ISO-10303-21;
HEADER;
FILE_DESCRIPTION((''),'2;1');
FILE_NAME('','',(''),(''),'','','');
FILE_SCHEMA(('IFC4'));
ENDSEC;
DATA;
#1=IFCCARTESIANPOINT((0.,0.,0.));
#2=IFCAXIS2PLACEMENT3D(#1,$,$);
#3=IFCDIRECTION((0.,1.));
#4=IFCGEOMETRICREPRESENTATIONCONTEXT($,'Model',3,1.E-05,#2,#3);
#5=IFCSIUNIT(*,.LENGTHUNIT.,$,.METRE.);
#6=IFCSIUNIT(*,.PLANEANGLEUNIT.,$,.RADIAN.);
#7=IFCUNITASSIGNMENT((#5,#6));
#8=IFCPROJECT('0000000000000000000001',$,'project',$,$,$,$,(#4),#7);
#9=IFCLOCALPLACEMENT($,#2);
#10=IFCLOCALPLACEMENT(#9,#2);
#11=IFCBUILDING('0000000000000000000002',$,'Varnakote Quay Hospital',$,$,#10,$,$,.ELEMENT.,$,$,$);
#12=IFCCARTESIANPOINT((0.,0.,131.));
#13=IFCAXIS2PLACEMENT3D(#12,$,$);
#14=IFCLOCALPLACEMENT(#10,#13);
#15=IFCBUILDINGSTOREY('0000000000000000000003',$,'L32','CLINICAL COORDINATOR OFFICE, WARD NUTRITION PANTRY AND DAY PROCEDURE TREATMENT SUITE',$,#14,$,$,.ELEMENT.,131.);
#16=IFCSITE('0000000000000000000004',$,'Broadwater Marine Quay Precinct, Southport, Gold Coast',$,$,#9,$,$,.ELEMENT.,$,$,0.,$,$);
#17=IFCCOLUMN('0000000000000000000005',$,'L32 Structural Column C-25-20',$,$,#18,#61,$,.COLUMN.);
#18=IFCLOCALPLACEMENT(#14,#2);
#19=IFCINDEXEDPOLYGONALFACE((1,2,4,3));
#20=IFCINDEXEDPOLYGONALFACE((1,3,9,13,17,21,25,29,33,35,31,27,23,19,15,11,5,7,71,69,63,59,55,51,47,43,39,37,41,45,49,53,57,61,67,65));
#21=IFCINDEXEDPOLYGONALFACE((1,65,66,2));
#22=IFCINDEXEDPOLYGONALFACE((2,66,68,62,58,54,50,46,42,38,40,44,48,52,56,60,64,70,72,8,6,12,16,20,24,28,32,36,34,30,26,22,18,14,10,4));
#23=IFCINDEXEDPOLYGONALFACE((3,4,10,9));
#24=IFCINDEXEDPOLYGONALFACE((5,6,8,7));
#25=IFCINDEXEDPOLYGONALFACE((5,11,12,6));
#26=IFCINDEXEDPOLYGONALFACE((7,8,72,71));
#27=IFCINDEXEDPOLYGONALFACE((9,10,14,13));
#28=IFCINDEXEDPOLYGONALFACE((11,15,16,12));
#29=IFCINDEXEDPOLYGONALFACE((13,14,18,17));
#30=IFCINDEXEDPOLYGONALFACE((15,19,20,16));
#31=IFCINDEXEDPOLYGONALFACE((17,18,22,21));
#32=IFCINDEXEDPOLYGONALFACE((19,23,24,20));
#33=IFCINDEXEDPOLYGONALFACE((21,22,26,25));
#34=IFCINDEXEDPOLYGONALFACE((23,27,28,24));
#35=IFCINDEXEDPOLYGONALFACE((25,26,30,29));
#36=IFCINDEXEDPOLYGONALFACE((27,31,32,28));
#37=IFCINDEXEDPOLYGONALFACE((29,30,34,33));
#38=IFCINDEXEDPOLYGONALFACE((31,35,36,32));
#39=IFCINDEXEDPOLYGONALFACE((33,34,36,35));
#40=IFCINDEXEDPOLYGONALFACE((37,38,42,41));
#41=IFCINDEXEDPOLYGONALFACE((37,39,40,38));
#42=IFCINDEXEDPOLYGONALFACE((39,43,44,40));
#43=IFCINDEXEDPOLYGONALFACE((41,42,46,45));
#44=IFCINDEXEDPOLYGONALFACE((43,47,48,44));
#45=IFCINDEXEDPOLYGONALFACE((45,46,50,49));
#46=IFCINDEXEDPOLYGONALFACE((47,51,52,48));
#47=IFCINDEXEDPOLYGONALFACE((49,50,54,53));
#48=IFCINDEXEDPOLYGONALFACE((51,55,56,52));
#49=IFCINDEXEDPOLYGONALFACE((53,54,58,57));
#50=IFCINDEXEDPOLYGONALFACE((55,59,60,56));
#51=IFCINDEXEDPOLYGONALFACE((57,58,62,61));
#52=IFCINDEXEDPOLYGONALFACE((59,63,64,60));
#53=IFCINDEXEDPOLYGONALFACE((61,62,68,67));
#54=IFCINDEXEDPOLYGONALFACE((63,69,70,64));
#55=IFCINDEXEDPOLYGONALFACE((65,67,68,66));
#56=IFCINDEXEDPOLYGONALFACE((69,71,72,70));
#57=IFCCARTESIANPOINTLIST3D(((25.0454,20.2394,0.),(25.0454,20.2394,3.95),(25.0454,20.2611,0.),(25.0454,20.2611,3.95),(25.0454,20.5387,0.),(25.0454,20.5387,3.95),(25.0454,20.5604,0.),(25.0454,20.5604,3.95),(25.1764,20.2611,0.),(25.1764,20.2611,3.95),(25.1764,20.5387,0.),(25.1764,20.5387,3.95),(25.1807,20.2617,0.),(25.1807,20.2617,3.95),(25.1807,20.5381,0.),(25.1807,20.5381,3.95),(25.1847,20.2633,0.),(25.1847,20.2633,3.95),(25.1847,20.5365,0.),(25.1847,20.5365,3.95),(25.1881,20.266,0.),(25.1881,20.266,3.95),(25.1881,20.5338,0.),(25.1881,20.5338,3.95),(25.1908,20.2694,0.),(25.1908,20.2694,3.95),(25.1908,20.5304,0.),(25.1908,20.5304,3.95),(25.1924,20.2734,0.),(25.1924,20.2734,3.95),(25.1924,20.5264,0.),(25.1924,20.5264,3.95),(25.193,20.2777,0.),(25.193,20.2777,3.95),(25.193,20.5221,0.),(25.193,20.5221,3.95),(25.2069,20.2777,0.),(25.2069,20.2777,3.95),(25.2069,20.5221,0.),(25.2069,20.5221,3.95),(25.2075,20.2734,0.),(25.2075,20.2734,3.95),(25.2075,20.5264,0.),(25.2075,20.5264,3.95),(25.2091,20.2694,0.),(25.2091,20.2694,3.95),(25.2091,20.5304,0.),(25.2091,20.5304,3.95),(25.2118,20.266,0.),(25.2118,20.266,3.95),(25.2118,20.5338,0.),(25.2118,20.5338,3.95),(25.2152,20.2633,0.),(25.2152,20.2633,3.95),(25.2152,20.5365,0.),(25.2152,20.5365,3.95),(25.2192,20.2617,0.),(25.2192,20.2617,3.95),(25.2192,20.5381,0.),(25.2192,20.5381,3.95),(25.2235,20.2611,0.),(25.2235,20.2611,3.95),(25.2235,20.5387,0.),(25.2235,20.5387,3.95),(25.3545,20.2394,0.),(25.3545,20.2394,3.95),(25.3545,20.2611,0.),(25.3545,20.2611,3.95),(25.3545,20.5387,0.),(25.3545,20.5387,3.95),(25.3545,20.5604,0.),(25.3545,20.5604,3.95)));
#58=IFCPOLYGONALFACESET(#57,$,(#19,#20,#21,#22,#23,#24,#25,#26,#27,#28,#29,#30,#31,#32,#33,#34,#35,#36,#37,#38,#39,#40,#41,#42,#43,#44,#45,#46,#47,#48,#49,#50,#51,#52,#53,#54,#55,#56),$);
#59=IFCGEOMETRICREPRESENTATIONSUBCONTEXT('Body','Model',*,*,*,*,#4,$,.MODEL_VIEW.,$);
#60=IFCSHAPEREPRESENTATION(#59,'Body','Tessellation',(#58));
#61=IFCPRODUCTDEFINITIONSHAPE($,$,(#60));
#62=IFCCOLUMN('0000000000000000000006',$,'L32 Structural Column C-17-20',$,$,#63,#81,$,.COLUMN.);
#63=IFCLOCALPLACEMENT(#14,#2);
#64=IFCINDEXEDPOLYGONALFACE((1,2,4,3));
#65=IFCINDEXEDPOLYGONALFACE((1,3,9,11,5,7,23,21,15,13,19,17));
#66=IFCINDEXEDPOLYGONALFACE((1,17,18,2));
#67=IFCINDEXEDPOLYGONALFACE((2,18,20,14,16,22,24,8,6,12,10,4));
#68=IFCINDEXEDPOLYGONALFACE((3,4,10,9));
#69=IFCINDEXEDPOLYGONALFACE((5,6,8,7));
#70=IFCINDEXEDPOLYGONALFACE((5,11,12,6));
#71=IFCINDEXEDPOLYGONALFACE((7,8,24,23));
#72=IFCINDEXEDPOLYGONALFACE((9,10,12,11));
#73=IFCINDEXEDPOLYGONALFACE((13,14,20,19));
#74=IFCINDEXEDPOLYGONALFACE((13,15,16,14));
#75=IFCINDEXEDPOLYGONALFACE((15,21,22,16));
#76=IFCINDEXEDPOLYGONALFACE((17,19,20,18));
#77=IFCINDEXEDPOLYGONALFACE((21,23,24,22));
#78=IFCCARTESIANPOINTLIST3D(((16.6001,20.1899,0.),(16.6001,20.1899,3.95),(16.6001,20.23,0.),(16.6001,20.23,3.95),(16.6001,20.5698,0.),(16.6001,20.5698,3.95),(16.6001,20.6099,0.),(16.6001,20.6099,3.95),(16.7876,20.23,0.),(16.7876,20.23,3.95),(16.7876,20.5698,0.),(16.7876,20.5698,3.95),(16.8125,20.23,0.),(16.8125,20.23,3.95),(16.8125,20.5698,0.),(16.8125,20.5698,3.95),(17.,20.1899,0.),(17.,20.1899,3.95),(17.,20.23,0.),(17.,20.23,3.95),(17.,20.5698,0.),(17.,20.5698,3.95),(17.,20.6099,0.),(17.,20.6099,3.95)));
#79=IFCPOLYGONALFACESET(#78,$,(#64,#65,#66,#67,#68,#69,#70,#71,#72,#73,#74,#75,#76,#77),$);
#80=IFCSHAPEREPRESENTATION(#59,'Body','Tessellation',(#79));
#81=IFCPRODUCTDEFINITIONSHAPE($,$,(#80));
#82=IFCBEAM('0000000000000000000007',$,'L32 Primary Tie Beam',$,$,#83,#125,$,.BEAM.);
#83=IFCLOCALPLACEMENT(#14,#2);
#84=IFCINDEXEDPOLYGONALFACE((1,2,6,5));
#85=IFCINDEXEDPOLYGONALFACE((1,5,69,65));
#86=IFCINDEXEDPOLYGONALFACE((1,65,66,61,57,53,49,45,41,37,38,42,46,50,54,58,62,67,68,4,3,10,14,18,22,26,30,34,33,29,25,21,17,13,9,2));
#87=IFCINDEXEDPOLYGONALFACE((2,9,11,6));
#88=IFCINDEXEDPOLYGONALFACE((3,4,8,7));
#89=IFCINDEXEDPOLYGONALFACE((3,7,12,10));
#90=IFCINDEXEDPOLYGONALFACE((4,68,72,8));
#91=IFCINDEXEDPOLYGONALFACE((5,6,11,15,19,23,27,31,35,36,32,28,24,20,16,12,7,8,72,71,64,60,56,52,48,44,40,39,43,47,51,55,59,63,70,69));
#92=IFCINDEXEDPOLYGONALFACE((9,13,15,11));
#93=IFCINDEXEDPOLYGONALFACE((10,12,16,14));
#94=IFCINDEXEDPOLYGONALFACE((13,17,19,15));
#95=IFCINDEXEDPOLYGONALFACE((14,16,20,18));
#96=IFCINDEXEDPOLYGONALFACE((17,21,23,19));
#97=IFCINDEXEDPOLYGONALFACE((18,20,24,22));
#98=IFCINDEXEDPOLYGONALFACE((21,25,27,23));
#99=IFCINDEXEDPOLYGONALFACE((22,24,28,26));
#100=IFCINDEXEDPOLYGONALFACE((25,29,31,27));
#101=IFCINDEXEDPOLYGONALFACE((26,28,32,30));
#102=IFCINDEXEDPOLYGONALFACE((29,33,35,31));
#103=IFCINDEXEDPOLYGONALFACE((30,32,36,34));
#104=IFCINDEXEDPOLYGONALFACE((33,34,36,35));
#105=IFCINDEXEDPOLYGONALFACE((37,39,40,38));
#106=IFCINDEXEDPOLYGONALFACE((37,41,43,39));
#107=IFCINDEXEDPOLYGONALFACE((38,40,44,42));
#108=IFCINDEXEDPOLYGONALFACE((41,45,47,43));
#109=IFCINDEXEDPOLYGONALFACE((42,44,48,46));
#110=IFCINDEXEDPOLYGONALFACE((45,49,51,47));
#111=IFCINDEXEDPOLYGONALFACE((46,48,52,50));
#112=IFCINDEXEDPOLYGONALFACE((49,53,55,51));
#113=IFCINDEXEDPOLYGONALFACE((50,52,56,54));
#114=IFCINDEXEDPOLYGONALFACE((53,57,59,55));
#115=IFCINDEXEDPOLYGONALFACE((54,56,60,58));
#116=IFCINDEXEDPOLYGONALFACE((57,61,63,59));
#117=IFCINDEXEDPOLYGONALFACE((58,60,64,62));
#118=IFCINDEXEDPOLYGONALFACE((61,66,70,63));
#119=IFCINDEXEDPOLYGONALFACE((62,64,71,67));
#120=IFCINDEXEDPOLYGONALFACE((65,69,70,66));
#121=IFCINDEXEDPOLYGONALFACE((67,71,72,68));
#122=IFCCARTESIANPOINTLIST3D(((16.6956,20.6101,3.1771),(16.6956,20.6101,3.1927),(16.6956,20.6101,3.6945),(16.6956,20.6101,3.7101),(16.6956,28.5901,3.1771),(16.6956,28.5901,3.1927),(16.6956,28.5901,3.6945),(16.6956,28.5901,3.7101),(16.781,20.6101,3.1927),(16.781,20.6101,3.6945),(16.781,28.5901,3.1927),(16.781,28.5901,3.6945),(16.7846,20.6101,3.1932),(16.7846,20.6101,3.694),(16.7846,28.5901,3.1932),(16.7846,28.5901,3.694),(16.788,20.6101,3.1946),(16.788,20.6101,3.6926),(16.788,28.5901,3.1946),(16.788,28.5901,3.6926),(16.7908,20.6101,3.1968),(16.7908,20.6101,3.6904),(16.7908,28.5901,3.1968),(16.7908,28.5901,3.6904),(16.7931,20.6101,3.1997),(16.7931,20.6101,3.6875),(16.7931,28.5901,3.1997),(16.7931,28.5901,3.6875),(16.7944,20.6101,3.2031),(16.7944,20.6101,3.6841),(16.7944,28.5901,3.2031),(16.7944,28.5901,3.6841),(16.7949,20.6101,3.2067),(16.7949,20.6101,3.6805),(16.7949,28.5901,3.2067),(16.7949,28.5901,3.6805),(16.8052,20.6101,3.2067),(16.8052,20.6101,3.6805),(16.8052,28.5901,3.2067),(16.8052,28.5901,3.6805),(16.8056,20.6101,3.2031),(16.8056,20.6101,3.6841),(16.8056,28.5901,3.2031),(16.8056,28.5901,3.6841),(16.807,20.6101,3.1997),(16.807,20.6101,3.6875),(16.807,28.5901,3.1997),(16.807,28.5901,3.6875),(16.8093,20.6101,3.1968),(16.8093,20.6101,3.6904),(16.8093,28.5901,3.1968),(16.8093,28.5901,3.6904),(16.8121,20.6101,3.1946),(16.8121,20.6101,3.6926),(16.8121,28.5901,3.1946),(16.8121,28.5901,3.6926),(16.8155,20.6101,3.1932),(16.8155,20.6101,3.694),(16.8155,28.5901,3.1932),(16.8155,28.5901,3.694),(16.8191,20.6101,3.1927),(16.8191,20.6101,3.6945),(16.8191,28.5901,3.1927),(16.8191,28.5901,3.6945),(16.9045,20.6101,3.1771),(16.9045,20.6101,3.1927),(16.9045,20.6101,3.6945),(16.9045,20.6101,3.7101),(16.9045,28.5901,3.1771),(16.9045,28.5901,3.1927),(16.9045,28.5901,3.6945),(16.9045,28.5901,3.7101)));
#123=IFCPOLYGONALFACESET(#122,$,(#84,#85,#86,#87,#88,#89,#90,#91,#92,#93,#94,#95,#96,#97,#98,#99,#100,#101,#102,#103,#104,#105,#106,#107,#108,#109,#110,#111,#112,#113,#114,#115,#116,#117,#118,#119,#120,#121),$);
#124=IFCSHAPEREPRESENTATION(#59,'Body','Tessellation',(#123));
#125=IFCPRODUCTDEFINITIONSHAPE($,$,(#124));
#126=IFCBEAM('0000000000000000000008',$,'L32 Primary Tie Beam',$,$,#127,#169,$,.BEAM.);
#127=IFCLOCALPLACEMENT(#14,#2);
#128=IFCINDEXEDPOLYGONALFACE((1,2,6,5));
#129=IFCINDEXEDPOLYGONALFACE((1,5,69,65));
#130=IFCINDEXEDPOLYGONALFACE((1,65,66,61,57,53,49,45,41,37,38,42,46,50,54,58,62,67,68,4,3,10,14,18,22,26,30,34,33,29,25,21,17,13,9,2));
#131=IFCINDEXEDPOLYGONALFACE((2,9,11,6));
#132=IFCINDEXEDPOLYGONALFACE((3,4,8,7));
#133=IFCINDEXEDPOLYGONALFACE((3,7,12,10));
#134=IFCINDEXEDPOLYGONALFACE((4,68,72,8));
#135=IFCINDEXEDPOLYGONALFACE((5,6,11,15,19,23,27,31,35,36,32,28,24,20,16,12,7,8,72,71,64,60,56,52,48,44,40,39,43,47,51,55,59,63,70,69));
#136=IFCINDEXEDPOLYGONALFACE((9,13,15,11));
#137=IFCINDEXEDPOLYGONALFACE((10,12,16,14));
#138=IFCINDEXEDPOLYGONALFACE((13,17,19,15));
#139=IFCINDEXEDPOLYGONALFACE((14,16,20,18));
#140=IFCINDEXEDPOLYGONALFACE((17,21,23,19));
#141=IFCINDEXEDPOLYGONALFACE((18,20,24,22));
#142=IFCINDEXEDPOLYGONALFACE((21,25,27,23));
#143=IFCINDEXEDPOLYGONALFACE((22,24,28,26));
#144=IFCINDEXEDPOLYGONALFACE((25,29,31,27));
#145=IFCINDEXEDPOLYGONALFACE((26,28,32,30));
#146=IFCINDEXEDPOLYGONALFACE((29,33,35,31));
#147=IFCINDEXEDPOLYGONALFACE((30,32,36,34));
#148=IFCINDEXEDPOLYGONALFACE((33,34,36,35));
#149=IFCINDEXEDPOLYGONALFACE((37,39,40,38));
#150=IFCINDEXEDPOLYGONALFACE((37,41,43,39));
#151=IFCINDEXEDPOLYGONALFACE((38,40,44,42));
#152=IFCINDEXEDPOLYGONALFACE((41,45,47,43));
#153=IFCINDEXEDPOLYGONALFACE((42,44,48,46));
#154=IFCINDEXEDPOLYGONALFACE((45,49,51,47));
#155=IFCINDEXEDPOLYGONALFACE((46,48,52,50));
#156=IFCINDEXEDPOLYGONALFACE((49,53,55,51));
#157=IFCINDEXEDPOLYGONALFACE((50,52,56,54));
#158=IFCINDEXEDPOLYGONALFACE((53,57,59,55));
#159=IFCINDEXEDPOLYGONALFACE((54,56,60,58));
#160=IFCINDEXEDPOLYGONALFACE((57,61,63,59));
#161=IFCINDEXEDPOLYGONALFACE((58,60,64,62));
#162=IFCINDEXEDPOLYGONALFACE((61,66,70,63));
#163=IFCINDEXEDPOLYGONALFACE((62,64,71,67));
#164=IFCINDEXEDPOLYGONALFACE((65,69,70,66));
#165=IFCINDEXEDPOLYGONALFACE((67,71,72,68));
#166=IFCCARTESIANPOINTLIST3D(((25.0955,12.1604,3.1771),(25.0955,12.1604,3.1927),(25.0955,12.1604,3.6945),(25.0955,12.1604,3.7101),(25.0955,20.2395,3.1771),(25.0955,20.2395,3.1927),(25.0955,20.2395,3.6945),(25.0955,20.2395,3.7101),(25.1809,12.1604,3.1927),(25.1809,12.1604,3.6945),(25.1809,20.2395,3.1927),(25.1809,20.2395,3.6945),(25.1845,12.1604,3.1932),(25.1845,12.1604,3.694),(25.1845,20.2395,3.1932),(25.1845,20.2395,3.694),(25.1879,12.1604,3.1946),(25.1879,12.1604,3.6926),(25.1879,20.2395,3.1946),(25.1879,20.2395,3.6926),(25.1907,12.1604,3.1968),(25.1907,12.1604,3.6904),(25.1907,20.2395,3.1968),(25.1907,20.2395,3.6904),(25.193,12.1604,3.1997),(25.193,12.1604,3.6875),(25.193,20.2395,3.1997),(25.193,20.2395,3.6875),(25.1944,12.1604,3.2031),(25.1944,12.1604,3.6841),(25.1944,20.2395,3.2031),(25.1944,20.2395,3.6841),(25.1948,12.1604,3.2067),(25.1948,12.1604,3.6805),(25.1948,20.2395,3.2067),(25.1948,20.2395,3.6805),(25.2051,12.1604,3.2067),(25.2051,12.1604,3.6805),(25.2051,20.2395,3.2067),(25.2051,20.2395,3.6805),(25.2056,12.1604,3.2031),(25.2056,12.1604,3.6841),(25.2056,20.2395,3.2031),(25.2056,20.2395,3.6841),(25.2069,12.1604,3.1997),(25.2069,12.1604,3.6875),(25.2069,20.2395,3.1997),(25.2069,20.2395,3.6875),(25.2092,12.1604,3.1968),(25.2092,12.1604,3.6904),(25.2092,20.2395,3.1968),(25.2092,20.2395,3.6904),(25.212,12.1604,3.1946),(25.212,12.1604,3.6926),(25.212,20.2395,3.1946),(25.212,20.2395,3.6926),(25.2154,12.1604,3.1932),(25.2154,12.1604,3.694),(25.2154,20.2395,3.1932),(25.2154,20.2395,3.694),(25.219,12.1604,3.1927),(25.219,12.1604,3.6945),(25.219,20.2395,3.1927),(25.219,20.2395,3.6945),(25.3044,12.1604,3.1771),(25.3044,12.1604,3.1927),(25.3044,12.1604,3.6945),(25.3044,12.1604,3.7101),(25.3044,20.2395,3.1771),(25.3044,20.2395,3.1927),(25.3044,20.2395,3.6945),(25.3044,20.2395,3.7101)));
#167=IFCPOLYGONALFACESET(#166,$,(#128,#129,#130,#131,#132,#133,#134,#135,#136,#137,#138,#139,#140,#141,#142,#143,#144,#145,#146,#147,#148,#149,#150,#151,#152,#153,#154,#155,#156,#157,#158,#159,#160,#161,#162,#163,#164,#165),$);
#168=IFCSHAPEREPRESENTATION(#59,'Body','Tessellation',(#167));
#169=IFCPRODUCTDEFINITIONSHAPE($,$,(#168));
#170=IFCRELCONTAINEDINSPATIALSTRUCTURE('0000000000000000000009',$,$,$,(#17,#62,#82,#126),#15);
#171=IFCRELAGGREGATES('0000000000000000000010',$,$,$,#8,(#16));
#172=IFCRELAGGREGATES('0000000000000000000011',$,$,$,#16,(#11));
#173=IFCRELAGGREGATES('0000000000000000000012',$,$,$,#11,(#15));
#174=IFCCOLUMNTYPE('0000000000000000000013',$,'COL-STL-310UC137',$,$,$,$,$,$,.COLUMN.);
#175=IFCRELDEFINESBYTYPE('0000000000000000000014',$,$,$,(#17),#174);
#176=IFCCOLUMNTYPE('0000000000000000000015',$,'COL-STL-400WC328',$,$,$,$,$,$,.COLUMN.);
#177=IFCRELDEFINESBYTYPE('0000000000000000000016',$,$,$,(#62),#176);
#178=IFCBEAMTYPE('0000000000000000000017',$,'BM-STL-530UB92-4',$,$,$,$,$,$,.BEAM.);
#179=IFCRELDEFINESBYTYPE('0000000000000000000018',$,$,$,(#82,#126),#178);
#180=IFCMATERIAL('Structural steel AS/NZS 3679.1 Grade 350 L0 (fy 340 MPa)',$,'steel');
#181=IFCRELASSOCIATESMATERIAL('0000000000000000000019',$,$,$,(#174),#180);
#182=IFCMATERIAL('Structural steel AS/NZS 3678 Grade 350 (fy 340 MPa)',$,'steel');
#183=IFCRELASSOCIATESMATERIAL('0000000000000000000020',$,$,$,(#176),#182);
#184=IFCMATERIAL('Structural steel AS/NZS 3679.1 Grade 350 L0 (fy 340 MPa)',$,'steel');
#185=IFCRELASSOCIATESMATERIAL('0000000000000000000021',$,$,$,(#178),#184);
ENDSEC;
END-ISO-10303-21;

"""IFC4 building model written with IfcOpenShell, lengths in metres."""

from ifc_helpers import new_model, si_unit, direction, frame, origin, origin_2d, place, context, subcontext, project, spatial, i_section, extrude, material, material_profile, profile_set, type_object, element, save


model = new_model("IFC4")

# Units and contexts
model_context = context("Model", 3, precision=1e-05, world=origin(), true_north=direction((0.0, 1.0)))
body_context = subcontext(model_context, "Body", "Model", "MODEL_VIEW")
ifc_project = project(units=[si_unit("LENGTHUNIT", "METRE"), si_unit("PLANEANGLEUNIT", "RADIAN")], contexts=[model_context])

# Site, building, storey
site_placement = place(None, origin())
site = spatial("IfcSite", under=ifc_project, at=site_placement, Name="Broadwater Marine Quay Precinct, Southport, Gold Coast", CompositionType="ELEMENT", RefElevation=0.0)
building_placement = place(site_placement, origin())
building = spatial("IfcBuilding", under=site, at=building_placement, Name="Varnakote Quay Hospital", CompositionType="ELEMENT")
storey_placement = place(building_placement, frame((0.0, 0.0, 131.0)))
storey = spatial("IfcBuildingStorey", under=building, at=storey_placement, Name="L32", Description="CLINICAL COORDINATOR OFFICE, WARD NUTRITION PANTRY AND DAY PROCEDURE TREATMENT SUITE", CompositionType="ELEMENT", Elevation=131.0)

# Columns
ifc_material_1 = material(Name="Structural steel AS/NZS 3679.1 Grade 350 L0 (fy 340 MPa)", Category="steel")
ifc_material_profile_1 = material_profile(ifc_material_1, i_section(OverallWidth=0.3091, OverallDepth=0.321, WebThickness=0.0139, FlangeThickness=0.0217, FilletRadius=0.0166, at=origin_2d()), Name="310UC137")
ifc_profile_set_1 = profile_set([ifc_material_profile_1], Name="Structural steel AS/NZS 3679.1 Grade 350 L0 (fy 340 MPa)")
column_type_1 = type_object("IfcColumnType", Name="COL-STL-310UC137", PredefinedType="COLUMN", material=ifc_profile_set_1)
column_1_placement = place(storey_placement, frame((25.2, 20.3999, 0.0), z_axis=(0.0, 0.0, 1.0), x_axis=(1.0, 0.0, 0.0)))
element("IfcColumn", 1, at=column_1_placement, inside=storey, type_object=column_type_1, Name="L32 Structural Column C-25-20", PredefinedType="COLUMN", context=body_context, shape_type="SweptSolid", body=[
    extrude(i_section(OverallWidth=0.3091, OverallDepth=0.321, WebThickness=0.0139, FlangeThickness=0.0217, FilletRadius=0.0166, at=origin_2d()), origin(), (0.0, 0.0, 1.0), 3.95),
])
ifc_material_2 = material(Name="Structural steel AS/NZS 3678 Grade 350 (fy 340 MPa)", Category="steel")
ifc_material_profile_2 = material_profile(ifc_material_2, i_section(OverallWidth=0.3999, OverallDepth=0.4199, WebThickness=0.0249, FlangeThickness=0.04, at=origin_2d()), Name="400WC328")
ifc_profile_set_2 = profile_set([ifc_material_profile_2], Name="Structural steel AS/NZS 3678 Grade 350 (fy 340 MPa)")
column_type_2 = type_object("IfcColumnType", Name="COL-STL-400WC328", PredefinedType="COLUMN", material=ifc_profile_set_2)
column_2_placement = place(storey_placement, frame((16.8, 20.3999, 0.0), z_axis=(0.0, 0.0, 1.0), x_axis=(1.0, 0.0, 0.0)))
element("IfcColumn", 2, at=column_2_placement, inside=storey, type_object=column_type_2, Name="L32 Structural Column C-17-20", PredefinedType="COLUMN", context=body_context, shape_type="SweptSolid", body=[
    extrude(i_section(OverallWidth=0.3999, OverallDepth=0.4199, WebThickness=0.0249, FlangeThickness=0.04, at=origin_2d()), origin(), (0.0, 0.0, 1.0), 3.95),
])

# Beams
ifc_material_3 = material(Name="Structural steel AS/NZS 3679.1 Grade 350 L0 (fy 340 MPa)", Category="steel")
ifc_material_profile_3 = material_profile(ifc_material_3, i_section(OverallWidth=0.209, OverallDepth=0.533, WebThickness=0.0103, FlangeThickness=0.0156, FilletRadius=0.0139, at=origin_2d()), Name="530UB92.4")
ifc_profile_set_3 = profile_set([ifc_material_profile_3], Name="Structural steel AS/NZS 3679.1 Grade 350 L0 (fy 340 MPa)")
beam_type_1 = type_object("IfcBeamType", Name="BM-STL-530UB92-4", PredefinedType="BEAM", material=ifc_profile_set_3)
beam_1_placement = place(storey_placement, frame((16.8, 20.6101, 3.4436), z_axis=(0.0, 1.0, 0.0), x_axis=(-1.0, 0.0, 0.0)))
element("IfcBeam", 3, at=beam_1_placement, inside=storey, type_object=beam_type_1, Name="L32 Primary Tie Beam", PredefinedType="BEAM", context=body_context, shape_type="SweptSolid", body=[
    extrude(i_section(OverallWidth=0.209, OverallDepth=0.533, WebThickness=0.0103, FlangeThickness=0.0156, FilletRadius=0.0139, at=origin_2d()), origin(), (0.0, 0.0, 1.0), 7.98),
])
beam_2_placement = place(storey_placement, frame((25.2, 12.1604, 3.4436), z_axis=(0.0, 1.0, 0.0), x_axis=(-1.0, 0.0, 0.0)))
element("IfcBeam", 4, at=beam_2_placement, inside=storey, type_object=beam_type_1, Name="L32 Primary Tie Beam", PredefinedType="BEAM", context=body_context, shape_type="SweptSolid", body=[
    extrude(i_section(OverallWidth=0.209, OverallDepth=0.533, WebThickness=0.0103, FlangeThickness=0.0156, FilletRadius=0.0139, at=origin_2d()), origin(), (0.0, 0.0, 1.0), 8.0791),
])

save(model, "model.ifc")
